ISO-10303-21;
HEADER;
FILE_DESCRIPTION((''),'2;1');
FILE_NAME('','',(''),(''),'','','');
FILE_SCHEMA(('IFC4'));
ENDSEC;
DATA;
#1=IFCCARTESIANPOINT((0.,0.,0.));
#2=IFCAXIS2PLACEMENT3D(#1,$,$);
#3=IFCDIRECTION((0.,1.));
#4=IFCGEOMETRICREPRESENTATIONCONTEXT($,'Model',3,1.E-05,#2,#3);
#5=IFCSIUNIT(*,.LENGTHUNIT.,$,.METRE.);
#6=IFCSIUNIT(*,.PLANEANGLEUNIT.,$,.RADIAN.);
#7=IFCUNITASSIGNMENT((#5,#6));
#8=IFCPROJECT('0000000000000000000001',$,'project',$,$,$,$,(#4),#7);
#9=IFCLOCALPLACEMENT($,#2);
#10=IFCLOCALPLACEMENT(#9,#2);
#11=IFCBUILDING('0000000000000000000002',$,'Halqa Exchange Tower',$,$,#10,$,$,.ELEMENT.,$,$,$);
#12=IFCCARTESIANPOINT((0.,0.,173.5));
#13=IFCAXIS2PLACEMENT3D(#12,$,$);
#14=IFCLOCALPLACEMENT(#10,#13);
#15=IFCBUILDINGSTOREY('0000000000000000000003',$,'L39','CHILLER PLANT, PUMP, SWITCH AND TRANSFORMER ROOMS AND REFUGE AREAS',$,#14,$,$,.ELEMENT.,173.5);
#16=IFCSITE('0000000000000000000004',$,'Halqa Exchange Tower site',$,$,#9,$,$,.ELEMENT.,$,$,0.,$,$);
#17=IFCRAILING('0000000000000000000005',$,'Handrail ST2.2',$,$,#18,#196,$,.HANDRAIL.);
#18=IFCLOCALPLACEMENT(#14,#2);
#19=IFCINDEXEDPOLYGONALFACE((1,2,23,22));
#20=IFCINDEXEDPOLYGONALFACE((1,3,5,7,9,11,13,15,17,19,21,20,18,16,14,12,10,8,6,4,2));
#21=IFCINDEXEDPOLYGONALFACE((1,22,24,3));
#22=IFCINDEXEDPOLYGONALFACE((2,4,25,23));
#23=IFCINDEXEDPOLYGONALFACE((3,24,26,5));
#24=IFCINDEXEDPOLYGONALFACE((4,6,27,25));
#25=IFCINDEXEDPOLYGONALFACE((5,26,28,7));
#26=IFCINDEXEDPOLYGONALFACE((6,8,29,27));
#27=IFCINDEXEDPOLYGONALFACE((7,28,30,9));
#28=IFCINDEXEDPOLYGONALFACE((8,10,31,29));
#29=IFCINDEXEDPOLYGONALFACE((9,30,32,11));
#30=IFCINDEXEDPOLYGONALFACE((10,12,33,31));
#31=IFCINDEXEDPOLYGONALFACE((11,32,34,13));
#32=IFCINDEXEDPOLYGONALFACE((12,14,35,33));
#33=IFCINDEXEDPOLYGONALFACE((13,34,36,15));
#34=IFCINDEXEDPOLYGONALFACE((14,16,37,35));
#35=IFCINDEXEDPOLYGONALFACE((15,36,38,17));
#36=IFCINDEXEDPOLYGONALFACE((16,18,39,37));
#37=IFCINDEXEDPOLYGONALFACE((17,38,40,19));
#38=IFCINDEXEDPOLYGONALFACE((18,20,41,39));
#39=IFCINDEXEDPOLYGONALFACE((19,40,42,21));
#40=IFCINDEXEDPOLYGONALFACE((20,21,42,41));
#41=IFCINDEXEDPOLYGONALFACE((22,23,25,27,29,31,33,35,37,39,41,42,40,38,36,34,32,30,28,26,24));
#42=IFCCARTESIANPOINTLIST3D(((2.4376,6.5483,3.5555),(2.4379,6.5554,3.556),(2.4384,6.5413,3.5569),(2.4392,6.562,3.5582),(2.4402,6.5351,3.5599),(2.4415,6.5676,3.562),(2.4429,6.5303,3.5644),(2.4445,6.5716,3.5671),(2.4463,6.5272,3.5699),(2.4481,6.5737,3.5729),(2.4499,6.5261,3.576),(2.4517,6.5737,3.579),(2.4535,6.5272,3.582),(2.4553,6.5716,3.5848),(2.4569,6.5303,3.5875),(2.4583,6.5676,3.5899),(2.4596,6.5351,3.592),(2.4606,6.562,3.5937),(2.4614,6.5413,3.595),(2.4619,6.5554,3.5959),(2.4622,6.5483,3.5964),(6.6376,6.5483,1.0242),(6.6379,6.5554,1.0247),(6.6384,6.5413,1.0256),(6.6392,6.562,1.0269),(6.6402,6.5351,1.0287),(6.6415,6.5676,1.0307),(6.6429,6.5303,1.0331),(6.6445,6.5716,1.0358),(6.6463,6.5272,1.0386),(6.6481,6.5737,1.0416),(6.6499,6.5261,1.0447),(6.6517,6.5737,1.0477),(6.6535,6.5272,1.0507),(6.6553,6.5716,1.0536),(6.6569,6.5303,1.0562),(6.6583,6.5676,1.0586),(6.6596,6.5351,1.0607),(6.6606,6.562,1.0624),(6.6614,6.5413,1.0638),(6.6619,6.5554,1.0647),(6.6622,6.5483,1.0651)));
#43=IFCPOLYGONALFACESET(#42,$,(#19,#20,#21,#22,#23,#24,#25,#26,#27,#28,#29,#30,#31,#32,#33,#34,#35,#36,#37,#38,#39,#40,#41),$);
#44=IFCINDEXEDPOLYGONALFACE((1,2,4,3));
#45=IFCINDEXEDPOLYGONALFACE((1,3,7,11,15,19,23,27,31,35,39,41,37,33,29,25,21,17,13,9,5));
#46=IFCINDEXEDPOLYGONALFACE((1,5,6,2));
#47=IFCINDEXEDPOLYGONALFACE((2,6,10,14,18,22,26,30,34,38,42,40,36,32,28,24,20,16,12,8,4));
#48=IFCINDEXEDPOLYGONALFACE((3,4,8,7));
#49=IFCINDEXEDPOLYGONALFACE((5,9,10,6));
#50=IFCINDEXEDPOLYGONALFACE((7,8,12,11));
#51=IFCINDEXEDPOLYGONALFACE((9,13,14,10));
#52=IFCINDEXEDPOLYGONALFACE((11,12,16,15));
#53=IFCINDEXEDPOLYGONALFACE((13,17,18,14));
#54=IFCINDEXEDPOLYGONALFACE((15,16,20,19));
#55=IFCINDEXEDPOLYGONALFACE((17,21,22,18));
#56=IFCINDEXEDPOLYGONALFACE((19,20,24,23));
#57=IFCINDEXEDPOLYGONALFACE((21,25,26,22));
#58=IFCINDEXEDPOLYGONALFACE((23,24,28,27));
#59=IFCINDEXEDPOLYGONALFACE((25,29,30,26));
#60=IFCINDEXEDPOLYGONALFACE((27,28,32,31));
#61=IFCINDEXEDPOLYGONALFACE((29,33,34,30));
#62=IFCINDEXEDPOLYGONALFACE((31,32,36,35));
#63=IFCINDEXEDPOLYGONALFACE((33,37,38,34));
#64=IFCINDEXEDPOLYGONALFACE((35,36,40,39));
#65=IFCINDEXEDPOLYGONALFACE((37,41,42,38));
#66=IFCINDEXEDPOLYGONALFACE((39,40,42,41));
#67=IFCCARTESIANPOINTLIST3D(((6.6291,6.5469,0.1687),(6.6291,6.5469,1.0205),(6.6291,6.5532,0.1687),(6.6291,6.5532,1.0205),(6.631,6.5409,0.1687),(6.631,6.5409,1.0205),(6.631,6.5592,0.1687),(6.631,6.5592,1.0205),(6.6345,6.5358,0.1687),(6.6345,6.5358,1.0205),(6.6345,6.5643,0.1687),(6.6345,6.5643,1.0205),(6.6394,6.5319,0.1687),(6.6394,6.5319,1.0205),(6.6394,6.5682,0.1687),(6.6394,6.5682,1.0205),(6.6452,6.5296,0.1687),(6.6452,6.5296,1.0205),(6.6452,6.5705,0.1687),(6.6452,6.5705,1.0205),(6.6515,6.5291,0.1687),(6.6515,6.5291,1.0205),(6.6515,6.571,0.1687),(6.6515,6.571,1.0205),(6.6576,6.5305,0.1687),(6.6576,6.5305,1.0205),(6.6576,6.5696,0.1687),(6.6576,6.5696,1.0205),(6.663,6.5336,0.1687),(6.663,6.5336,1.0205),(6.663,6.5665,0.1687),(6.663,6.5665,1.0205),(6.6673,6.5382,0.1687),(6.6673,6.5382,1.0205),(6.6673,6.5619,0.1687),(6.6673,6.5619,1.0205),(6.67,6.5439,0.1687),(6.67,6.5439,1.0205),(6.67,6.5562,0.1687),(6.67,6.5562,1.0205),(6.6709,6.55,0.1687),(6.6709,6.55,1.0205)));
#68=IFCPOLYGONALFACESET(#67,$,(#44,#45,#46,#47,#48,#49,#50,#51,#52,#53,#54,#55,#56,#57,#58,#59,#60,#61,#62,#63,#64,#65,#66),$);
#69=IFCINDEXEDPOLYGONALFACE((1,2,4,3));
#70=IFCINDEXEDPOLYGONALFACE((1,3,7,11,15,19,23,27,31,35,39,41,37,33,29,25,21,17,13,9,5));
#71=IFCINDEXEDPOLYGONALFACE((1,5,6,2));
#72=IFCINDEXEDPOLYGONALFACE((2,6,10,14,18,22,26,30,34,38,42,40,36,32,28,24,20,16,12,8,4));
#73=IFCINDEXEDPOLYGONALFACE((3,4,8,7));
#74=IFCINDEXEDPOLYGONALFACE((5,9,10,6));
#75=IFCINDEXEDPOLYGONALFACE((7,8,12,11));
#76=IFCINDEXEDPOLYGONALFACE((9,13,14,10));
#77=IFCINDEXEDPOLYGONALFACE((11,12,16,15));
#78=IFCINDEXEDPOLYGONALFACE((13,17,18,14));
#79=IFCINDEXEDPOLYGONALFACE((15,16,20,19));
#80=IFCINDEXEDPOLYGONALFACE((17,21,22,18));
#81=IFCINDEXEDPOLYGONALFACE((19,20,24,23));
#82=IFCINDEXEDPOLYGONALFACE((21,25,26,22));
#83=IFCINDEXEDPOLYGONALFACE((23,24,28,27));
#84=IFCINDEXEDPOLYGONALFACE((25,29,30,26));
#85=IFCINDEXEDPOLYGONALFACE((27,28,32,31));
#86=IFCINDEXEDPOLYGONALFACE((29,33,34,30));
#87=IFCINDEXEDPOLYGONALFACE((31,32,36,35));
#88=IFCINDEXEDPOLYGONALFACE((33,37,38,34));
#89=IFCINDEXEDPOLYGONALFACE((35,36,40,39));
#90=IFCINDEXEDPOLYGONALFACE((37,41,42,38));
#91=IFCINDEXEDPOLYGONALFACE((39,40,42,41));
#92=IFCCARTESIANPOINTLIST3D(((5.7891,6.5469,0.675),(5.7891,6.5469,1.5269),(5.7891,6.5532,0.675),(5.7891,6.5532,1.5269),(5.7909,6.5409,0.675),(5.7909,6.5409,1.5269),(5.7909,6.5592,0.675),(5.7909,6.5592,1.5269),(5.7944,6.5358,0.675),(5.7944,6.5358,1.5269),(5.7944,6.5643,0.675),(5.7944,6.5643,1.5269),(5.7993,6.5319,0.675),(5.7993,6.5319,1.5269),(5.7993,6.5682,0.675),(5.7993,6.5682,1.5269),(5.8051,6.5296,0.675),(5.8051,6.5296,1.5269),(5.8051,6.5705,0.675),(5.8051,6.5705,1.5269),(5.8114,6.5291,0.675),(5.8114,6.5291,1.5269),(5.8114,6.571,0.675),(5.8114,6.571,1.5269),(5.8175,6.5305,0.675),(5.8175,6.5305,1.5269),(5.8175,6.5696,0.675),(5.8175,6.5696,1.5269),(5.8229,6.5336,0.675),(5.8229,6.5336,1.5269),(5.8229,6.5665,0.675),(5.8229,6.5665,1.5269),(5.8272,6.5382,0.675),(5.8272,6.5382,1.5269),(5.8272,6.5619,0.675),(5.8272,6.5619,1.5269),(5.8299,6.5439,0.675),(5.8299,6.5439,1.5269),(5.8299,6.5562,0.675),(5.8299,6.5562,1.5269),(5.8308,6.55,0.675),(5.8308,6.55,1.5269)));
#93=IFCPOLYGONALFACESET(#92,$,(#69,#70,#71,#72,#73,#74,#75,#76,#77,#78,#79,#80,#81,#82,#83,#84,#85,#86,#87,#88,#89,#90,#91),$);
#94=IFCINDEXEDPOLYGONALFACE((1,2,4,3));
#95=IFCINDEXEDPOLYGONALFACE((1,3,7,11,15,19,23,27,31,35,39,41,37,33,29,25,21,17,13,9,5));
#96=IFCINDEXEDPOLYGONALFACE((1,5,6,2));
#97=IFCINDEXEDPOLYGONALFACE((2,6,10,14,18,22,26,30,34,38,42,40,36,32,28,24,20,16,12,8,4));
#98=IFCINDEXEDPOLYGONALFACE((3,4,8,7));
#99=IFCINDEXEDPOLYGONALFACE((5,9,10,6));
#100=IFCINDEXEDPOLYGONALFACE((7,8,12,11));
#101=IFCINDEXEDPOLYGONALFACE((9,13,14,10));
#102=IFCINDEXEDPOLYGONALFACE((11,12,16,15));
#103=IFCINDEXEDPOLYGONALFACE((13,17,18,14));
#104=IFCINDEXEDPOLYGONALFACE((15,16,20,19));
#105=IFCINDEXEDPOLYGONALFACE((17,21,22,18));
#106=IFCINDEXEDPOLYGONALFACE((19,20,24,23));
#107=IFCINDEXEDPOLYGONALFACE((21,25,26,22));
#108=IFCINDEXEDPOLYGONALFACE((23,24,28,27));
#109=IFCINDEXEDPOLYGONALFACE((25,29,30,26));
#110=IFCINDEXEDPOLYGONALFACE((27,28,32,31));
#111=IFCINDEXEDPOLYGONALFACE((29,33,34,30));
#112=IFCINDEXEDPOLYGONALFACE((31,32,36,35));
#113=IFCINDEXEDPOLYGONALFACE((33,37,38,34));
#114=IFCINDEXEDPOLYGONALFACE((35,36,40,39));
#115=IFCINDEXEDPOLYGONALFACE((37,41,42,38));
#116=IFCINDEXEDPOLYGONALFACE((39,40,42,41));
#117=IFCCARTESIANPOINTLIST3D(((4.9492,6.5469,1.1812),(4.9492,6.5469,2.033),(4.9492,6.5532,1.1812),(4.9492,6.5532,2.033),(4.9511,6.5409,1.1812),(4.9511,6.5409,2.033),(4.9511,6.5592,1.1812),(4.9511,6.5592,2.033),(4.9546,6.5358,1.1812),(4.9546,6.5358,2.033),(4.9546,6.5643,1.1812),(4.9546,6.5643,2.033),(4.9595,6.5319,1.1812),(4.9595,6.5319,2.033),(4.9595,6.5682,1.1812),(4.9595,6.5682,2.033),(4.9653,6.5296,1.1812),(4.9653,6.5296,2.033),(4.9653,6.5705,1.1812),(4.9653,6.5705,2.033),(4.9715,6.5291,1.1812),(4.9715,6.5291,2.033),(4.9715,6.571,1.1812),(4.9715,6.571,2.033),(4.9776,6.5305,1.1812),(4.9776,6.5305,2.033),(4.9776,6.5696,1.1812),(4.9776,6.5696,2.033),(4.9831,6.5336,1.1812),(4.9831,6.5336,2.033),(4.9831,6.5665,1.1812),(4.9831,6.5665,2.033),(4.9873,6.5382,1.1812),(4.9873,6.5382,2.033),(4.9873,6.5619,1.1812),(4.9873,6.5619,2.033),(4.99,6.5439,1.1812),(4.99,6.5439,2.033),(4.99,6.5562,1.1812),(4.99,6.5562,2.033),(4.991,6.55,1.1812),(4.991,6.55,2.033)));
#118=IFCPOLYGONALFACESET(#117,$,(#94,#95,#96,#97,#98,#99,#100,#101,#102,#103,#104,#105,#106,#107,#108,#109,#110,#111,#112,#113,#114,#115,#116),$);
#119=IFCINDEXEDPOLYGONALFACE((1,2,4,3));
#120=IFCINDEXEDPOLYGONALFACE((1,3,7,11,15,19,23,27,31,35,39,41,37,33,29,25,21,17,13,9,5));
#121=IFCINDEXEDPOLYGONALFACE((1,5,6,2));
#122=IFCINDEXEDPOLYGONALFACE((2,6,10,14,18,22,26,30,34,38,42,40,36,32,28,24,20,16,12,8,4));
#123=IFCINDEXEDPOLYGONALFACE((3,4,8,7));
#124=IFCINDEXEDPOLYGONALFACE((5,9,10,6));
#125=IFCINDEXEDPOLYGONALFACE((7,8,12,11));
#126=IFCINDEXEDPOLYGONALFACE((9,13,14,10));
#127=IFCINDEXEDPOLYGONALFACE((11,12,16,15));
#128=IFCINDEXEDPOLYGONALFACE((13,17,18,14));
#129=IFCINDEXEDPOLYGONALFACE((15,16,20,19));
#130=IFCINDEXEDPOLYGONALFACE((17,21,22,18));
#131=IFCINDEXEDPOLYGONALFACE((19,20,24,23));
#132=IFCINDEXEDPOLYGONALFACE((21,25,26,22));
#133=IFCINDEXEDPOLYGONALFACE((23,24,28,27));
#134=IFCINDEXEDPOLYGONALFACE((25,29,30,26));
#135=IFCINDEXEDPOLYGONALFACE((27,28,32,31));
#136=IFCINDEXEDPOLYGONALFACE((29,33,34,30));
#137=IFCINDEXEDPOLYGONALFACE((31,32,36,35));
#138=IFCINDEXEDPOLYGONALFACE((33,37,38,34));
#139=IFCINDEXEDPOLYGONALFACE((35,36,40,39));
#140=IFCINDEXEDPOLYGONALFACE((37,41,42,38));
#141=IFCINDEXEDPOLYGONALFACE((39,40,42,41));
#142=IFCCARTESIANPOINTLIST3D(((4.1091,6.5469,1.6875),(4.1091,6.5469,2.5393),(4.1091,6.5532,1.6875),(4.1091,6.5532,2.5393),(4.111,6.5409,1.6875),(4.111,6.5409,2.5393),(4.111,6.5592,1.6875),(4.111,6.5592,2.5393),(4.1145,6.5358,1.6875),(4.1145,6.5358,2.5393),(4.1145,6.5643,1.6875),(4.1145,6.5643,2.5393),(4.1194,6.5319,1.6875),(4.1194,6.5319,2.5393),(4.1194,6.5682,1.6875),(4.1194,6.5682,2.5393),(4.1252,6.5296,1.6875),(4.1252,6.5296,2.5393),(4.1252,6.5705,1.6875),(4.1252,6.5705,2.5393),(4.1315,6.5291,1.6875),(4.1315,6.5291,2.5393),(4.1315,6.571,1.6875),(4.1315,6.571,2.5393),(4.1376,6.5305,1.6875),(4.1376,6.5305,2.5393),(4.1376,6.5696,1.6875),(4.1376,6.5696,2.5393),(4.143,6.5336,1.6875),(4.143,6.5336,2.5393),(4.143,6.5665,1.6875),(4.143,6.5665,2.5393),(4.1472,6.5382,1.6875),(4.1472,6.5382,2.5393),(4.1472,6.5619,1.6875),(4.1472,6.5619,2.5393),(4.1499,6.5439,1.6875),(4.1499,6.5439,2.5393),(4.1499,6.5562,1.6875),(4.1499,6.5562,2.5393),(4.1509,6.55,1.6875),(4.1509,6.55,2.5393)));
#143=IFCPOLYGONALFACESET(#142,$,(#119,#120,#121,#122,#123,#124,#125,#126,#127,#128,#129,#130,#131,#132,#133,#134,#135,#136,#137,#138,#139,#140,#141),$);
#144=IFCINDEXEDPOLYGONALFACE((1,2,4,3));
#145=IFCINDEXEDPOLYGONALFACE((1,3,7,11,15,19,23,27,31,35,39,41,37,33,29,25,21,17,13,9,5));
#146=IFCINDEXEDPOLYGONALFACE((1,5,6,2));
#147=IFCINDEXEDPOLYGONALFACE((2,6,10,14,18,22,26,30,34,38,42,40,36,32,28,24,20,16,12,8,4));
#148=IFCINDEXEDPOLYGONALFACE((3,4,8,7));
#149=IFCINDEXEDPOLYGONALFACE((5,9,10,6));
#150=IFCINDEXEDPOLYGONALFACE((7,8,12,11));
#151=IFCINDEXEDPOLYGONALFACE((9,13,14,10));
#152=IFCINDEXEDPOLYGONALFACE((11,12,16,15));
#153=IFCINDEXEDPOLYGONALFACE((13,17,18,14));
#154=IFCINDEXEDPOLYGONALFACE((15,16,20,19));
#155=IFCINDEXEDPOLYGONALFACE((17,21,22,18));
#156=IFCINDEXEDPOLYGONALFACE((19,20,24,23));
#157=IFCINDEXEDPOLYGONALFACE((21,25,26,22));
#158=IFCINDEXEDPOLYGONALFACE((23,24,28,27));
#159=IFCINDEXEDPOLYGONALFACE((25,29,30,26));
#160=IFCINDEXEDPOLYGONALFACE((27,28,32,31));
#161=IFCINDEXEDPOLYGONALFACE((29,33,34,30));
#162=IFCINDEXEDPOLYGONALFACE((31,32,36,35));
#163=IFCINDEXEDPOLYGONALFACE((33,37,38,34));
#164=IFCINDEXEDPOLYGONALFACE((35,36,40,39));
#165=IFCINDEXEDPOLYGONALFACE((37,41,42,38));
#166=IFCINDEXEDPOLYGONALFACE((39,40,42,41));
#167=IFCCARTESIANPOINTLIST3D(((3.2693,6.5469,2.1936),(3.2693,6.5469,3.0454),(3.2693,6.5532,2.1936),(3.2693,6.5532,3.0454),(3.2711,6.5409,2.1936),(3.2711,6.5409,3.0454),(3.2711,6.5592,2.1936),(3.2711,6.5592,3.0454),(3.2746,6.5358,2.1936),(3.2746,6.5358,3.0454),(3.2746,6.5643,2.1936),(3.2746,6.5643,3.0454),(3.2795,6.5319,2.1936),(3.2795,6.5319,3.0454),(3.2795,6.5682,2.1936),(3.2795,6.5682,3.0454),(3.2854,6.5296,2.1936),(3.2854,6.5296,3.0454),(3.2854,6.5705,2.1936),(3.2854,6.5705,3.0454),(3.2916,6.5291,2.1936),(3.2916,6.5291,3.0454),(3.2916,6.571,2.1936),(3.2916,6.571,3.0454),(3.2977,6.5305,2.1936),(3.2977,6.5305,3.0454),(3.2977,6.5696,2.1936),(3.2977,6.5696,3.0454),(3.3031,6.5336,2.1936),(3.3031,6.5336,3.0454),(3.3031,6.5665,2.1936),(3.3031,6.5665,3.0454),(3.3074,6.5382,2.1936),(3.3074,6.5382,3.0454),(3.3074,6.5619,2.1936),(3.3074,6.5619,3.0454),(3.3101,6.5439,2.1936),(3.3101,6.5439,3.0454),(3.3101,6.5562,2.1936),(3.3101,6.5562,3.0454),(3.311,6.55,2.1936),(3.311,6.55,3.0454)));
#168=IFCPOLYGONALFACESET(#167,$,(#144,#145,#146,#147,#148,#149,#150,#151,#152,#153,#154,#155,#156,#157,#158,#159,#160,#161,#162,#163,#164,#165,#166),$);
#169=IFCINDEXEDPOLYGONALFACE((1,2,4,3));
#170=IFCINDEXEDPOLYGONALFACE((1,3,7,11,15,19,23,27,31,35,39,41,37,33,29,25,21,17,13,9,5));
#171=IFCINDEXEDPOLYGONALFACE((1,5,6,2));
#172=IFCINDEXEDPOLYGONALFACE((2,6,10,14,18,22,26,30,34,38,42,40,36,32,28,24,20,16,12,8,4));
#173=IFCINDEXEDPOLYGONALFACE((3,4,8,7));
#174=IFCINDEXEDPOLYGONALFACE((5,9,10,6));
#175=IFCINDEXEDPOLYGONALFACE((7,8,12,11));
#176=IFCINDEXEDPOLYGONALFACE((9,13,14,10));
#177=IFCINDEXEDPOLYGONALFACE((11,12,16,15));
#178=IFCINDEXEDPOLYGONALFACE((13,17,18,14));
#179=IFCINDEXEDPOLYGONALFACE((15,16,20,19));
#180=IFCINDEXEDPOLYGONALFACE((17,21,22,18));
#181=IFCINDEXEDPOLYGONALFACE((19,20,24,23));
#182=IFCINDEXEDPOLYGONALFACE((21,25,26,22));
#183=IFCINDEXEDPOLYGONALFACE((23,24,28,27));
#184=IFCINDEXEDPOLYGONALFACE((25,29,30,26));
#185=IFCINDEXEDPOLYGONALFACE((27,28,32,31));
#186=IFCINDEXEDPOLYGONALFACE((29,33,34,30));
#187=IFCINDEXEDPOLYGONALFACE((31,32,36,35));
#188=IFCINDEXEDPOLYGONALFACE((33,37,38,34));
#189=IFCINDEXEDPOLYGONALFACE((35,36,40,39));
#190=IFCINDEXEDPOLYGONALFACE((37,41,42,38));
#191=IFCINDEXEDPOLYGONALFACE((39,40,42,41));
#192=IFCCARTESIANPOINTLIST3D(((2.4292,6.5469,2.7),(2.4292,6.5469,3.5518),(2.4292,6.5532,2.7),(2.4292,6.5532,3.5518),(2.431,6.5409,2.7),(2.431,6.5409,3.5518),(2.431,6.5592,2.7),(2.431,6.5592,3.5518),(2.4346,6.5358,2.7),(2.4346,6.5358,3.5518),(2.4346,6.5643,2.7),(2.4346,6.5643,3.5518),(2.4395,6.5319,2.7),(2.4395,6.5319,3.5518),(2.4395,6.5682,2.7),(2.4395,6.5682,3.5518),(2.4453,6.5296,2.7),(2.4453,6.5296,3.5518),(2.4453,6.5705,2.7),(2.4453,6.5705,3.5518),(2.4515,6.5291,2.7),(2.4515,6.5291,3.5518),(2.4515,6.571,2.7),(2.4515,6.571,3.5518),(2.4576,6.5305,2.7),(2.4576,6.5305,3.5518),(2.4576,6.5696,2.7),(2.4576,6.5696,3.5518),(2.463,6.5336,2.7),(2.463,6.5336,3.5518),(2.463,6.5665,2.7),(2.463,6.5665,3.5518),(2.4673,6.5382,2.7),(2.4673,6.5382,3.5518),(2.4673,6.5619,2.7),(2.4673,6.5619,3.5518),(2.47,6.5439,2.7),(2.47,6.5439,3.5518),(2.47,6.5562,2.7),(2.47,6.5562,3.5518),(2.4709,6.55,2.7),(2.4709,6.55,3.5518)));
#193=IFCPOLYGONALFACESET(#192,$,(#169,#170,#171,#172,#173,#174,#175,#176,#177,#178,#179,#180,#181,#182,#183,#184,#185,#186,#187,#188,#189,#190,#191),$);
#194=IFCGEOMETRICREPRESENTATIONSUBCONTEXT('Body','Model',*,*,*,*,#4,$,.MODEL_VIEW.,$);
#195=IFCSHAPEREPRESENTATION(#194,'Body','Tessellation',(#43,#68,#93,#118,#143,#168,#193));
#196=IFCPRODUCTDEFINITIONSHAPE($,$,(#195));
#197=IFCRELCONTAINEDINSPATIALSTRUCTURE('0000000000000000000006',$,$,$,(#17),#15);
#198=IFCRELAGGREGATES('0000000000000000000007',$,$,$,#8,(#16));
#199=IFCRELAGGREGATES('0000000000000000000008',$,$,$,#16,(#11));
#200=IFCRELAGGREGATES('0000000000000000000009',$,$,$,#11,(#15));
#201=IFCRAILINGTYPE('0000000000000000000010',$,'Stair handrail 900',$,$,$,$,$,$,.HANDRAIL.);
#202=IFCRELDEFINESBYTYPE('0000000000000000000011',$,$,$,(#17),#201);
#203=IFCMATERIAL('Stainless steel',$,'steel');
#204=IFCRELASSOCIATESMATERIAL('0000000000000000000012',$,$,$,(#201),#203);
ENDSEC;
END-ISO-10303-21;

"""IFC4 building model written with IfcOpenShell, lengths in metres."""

from ifc_helpers import new_model, si_unit, direction, frame, origin, origin_2d, place, context, subcontext, project, spatial, circle, extrude, material, type_object, element, save


model = new_model("IFC4")

# Units and contexts
model_context = context("Model", 3, precision=1e-05, world=origin(), true_north=direction((0.0, 1.0)))
body_context = subcontext(model_context, "Body", "Model", "MODEL_VIEW")
ifc_project = project(units=[si_unit("LENGTHUNIT", "METRE"), si_unit("PLANEANGLEUNIT", "RADIAN")], contexts=[model_context])

# Site, building, storey
site_placement = place(None, origin())
site = spatial("IfcSite", under=ifc_project, at=site_placement, Name="Halqa Exchange Tower site", CompositionType="ELEMENT", RefElevation=0.0)
building_placement = place(site_placement, origin())
building = spatial("IfcBuilding", under=site, at=building_placement, Name="Halqa Exchange Tower", CompositionType="ELEMENT")
storey_placement = place(building_placement, frame((0.0, 0.0, 173.5)))
storey = spatial("IfcBuildingStorey", under=building, at=storey_placement, Name="L39", Description="CHILLER PLANT, PUMP, SWITCH AND TRANSFORMER ROOMS AND REFUGE AREAS", CompositionType="ELEMENT", Elevation=173.5)

# Railing
ifc_material_1 = material(Name="Stainless steel", Category="steel")
railing_type_1 = type_object("IfcRailingType", Name="Stair handrail 900", PredefinedType="HANDRAIL", material=ifc_material_1)
railing_1_placement = place(storey_placement, frame((6.6499, 6.55, 0.1687)))
element("IfcRailing", 1, at=railing_1_placement, inside=storey, type_object=railing_type_1, Name="Handrail ST2.2", PredefinedType="HANDRAIL", context=body_context, shape_type="SweptSolid", body=[
    extrude(circle(Radius=0.0239, at=origin_2d()), frame((0.0, 0.0, 0.876), z_axis=(-0.856476, 0.0, 0.516186), x_axis=(0.0, -1.0, 0.0)), (0.0, 0.0, 1.0), 4.9038),
    extrude(circle(Radius=0.021, at=origin_2d()), origin(), (0.0, 0.0, 1.0), 0.8518),
    extrude(circle(Radius=0.021, at=origin_2d()), frame((-0.8401, 0.0, 0.5063)), (0.0, 0.0, 1.0), 0.8518),
    extrude(circle(Radius=0.021, at=origin_2d()), frame((-1.6799, 0.0, 1.0125)), (0.0, 0.0, 1.0), 0.8518),
    extrude(circle(Radius=0.021, at=origin_2d()), frame((-2.52, 0.0, 1.5188)), (0.0, 0.0, 1.0), 0.8518),
    extrude(circle(Radius=0.021, at=origin_2d()), frame((-3.3599, 0.0, 2.0249)), (0.0, 0.0, 1.0), 0.8518),
    extrude(circle(Radius=0.021, at=origin_2d()), frame((-4.2, 0.0, 2.5312)), (0.0, 0.0, 1.0), 0.8518),
])

save(model, "model.ifc")
